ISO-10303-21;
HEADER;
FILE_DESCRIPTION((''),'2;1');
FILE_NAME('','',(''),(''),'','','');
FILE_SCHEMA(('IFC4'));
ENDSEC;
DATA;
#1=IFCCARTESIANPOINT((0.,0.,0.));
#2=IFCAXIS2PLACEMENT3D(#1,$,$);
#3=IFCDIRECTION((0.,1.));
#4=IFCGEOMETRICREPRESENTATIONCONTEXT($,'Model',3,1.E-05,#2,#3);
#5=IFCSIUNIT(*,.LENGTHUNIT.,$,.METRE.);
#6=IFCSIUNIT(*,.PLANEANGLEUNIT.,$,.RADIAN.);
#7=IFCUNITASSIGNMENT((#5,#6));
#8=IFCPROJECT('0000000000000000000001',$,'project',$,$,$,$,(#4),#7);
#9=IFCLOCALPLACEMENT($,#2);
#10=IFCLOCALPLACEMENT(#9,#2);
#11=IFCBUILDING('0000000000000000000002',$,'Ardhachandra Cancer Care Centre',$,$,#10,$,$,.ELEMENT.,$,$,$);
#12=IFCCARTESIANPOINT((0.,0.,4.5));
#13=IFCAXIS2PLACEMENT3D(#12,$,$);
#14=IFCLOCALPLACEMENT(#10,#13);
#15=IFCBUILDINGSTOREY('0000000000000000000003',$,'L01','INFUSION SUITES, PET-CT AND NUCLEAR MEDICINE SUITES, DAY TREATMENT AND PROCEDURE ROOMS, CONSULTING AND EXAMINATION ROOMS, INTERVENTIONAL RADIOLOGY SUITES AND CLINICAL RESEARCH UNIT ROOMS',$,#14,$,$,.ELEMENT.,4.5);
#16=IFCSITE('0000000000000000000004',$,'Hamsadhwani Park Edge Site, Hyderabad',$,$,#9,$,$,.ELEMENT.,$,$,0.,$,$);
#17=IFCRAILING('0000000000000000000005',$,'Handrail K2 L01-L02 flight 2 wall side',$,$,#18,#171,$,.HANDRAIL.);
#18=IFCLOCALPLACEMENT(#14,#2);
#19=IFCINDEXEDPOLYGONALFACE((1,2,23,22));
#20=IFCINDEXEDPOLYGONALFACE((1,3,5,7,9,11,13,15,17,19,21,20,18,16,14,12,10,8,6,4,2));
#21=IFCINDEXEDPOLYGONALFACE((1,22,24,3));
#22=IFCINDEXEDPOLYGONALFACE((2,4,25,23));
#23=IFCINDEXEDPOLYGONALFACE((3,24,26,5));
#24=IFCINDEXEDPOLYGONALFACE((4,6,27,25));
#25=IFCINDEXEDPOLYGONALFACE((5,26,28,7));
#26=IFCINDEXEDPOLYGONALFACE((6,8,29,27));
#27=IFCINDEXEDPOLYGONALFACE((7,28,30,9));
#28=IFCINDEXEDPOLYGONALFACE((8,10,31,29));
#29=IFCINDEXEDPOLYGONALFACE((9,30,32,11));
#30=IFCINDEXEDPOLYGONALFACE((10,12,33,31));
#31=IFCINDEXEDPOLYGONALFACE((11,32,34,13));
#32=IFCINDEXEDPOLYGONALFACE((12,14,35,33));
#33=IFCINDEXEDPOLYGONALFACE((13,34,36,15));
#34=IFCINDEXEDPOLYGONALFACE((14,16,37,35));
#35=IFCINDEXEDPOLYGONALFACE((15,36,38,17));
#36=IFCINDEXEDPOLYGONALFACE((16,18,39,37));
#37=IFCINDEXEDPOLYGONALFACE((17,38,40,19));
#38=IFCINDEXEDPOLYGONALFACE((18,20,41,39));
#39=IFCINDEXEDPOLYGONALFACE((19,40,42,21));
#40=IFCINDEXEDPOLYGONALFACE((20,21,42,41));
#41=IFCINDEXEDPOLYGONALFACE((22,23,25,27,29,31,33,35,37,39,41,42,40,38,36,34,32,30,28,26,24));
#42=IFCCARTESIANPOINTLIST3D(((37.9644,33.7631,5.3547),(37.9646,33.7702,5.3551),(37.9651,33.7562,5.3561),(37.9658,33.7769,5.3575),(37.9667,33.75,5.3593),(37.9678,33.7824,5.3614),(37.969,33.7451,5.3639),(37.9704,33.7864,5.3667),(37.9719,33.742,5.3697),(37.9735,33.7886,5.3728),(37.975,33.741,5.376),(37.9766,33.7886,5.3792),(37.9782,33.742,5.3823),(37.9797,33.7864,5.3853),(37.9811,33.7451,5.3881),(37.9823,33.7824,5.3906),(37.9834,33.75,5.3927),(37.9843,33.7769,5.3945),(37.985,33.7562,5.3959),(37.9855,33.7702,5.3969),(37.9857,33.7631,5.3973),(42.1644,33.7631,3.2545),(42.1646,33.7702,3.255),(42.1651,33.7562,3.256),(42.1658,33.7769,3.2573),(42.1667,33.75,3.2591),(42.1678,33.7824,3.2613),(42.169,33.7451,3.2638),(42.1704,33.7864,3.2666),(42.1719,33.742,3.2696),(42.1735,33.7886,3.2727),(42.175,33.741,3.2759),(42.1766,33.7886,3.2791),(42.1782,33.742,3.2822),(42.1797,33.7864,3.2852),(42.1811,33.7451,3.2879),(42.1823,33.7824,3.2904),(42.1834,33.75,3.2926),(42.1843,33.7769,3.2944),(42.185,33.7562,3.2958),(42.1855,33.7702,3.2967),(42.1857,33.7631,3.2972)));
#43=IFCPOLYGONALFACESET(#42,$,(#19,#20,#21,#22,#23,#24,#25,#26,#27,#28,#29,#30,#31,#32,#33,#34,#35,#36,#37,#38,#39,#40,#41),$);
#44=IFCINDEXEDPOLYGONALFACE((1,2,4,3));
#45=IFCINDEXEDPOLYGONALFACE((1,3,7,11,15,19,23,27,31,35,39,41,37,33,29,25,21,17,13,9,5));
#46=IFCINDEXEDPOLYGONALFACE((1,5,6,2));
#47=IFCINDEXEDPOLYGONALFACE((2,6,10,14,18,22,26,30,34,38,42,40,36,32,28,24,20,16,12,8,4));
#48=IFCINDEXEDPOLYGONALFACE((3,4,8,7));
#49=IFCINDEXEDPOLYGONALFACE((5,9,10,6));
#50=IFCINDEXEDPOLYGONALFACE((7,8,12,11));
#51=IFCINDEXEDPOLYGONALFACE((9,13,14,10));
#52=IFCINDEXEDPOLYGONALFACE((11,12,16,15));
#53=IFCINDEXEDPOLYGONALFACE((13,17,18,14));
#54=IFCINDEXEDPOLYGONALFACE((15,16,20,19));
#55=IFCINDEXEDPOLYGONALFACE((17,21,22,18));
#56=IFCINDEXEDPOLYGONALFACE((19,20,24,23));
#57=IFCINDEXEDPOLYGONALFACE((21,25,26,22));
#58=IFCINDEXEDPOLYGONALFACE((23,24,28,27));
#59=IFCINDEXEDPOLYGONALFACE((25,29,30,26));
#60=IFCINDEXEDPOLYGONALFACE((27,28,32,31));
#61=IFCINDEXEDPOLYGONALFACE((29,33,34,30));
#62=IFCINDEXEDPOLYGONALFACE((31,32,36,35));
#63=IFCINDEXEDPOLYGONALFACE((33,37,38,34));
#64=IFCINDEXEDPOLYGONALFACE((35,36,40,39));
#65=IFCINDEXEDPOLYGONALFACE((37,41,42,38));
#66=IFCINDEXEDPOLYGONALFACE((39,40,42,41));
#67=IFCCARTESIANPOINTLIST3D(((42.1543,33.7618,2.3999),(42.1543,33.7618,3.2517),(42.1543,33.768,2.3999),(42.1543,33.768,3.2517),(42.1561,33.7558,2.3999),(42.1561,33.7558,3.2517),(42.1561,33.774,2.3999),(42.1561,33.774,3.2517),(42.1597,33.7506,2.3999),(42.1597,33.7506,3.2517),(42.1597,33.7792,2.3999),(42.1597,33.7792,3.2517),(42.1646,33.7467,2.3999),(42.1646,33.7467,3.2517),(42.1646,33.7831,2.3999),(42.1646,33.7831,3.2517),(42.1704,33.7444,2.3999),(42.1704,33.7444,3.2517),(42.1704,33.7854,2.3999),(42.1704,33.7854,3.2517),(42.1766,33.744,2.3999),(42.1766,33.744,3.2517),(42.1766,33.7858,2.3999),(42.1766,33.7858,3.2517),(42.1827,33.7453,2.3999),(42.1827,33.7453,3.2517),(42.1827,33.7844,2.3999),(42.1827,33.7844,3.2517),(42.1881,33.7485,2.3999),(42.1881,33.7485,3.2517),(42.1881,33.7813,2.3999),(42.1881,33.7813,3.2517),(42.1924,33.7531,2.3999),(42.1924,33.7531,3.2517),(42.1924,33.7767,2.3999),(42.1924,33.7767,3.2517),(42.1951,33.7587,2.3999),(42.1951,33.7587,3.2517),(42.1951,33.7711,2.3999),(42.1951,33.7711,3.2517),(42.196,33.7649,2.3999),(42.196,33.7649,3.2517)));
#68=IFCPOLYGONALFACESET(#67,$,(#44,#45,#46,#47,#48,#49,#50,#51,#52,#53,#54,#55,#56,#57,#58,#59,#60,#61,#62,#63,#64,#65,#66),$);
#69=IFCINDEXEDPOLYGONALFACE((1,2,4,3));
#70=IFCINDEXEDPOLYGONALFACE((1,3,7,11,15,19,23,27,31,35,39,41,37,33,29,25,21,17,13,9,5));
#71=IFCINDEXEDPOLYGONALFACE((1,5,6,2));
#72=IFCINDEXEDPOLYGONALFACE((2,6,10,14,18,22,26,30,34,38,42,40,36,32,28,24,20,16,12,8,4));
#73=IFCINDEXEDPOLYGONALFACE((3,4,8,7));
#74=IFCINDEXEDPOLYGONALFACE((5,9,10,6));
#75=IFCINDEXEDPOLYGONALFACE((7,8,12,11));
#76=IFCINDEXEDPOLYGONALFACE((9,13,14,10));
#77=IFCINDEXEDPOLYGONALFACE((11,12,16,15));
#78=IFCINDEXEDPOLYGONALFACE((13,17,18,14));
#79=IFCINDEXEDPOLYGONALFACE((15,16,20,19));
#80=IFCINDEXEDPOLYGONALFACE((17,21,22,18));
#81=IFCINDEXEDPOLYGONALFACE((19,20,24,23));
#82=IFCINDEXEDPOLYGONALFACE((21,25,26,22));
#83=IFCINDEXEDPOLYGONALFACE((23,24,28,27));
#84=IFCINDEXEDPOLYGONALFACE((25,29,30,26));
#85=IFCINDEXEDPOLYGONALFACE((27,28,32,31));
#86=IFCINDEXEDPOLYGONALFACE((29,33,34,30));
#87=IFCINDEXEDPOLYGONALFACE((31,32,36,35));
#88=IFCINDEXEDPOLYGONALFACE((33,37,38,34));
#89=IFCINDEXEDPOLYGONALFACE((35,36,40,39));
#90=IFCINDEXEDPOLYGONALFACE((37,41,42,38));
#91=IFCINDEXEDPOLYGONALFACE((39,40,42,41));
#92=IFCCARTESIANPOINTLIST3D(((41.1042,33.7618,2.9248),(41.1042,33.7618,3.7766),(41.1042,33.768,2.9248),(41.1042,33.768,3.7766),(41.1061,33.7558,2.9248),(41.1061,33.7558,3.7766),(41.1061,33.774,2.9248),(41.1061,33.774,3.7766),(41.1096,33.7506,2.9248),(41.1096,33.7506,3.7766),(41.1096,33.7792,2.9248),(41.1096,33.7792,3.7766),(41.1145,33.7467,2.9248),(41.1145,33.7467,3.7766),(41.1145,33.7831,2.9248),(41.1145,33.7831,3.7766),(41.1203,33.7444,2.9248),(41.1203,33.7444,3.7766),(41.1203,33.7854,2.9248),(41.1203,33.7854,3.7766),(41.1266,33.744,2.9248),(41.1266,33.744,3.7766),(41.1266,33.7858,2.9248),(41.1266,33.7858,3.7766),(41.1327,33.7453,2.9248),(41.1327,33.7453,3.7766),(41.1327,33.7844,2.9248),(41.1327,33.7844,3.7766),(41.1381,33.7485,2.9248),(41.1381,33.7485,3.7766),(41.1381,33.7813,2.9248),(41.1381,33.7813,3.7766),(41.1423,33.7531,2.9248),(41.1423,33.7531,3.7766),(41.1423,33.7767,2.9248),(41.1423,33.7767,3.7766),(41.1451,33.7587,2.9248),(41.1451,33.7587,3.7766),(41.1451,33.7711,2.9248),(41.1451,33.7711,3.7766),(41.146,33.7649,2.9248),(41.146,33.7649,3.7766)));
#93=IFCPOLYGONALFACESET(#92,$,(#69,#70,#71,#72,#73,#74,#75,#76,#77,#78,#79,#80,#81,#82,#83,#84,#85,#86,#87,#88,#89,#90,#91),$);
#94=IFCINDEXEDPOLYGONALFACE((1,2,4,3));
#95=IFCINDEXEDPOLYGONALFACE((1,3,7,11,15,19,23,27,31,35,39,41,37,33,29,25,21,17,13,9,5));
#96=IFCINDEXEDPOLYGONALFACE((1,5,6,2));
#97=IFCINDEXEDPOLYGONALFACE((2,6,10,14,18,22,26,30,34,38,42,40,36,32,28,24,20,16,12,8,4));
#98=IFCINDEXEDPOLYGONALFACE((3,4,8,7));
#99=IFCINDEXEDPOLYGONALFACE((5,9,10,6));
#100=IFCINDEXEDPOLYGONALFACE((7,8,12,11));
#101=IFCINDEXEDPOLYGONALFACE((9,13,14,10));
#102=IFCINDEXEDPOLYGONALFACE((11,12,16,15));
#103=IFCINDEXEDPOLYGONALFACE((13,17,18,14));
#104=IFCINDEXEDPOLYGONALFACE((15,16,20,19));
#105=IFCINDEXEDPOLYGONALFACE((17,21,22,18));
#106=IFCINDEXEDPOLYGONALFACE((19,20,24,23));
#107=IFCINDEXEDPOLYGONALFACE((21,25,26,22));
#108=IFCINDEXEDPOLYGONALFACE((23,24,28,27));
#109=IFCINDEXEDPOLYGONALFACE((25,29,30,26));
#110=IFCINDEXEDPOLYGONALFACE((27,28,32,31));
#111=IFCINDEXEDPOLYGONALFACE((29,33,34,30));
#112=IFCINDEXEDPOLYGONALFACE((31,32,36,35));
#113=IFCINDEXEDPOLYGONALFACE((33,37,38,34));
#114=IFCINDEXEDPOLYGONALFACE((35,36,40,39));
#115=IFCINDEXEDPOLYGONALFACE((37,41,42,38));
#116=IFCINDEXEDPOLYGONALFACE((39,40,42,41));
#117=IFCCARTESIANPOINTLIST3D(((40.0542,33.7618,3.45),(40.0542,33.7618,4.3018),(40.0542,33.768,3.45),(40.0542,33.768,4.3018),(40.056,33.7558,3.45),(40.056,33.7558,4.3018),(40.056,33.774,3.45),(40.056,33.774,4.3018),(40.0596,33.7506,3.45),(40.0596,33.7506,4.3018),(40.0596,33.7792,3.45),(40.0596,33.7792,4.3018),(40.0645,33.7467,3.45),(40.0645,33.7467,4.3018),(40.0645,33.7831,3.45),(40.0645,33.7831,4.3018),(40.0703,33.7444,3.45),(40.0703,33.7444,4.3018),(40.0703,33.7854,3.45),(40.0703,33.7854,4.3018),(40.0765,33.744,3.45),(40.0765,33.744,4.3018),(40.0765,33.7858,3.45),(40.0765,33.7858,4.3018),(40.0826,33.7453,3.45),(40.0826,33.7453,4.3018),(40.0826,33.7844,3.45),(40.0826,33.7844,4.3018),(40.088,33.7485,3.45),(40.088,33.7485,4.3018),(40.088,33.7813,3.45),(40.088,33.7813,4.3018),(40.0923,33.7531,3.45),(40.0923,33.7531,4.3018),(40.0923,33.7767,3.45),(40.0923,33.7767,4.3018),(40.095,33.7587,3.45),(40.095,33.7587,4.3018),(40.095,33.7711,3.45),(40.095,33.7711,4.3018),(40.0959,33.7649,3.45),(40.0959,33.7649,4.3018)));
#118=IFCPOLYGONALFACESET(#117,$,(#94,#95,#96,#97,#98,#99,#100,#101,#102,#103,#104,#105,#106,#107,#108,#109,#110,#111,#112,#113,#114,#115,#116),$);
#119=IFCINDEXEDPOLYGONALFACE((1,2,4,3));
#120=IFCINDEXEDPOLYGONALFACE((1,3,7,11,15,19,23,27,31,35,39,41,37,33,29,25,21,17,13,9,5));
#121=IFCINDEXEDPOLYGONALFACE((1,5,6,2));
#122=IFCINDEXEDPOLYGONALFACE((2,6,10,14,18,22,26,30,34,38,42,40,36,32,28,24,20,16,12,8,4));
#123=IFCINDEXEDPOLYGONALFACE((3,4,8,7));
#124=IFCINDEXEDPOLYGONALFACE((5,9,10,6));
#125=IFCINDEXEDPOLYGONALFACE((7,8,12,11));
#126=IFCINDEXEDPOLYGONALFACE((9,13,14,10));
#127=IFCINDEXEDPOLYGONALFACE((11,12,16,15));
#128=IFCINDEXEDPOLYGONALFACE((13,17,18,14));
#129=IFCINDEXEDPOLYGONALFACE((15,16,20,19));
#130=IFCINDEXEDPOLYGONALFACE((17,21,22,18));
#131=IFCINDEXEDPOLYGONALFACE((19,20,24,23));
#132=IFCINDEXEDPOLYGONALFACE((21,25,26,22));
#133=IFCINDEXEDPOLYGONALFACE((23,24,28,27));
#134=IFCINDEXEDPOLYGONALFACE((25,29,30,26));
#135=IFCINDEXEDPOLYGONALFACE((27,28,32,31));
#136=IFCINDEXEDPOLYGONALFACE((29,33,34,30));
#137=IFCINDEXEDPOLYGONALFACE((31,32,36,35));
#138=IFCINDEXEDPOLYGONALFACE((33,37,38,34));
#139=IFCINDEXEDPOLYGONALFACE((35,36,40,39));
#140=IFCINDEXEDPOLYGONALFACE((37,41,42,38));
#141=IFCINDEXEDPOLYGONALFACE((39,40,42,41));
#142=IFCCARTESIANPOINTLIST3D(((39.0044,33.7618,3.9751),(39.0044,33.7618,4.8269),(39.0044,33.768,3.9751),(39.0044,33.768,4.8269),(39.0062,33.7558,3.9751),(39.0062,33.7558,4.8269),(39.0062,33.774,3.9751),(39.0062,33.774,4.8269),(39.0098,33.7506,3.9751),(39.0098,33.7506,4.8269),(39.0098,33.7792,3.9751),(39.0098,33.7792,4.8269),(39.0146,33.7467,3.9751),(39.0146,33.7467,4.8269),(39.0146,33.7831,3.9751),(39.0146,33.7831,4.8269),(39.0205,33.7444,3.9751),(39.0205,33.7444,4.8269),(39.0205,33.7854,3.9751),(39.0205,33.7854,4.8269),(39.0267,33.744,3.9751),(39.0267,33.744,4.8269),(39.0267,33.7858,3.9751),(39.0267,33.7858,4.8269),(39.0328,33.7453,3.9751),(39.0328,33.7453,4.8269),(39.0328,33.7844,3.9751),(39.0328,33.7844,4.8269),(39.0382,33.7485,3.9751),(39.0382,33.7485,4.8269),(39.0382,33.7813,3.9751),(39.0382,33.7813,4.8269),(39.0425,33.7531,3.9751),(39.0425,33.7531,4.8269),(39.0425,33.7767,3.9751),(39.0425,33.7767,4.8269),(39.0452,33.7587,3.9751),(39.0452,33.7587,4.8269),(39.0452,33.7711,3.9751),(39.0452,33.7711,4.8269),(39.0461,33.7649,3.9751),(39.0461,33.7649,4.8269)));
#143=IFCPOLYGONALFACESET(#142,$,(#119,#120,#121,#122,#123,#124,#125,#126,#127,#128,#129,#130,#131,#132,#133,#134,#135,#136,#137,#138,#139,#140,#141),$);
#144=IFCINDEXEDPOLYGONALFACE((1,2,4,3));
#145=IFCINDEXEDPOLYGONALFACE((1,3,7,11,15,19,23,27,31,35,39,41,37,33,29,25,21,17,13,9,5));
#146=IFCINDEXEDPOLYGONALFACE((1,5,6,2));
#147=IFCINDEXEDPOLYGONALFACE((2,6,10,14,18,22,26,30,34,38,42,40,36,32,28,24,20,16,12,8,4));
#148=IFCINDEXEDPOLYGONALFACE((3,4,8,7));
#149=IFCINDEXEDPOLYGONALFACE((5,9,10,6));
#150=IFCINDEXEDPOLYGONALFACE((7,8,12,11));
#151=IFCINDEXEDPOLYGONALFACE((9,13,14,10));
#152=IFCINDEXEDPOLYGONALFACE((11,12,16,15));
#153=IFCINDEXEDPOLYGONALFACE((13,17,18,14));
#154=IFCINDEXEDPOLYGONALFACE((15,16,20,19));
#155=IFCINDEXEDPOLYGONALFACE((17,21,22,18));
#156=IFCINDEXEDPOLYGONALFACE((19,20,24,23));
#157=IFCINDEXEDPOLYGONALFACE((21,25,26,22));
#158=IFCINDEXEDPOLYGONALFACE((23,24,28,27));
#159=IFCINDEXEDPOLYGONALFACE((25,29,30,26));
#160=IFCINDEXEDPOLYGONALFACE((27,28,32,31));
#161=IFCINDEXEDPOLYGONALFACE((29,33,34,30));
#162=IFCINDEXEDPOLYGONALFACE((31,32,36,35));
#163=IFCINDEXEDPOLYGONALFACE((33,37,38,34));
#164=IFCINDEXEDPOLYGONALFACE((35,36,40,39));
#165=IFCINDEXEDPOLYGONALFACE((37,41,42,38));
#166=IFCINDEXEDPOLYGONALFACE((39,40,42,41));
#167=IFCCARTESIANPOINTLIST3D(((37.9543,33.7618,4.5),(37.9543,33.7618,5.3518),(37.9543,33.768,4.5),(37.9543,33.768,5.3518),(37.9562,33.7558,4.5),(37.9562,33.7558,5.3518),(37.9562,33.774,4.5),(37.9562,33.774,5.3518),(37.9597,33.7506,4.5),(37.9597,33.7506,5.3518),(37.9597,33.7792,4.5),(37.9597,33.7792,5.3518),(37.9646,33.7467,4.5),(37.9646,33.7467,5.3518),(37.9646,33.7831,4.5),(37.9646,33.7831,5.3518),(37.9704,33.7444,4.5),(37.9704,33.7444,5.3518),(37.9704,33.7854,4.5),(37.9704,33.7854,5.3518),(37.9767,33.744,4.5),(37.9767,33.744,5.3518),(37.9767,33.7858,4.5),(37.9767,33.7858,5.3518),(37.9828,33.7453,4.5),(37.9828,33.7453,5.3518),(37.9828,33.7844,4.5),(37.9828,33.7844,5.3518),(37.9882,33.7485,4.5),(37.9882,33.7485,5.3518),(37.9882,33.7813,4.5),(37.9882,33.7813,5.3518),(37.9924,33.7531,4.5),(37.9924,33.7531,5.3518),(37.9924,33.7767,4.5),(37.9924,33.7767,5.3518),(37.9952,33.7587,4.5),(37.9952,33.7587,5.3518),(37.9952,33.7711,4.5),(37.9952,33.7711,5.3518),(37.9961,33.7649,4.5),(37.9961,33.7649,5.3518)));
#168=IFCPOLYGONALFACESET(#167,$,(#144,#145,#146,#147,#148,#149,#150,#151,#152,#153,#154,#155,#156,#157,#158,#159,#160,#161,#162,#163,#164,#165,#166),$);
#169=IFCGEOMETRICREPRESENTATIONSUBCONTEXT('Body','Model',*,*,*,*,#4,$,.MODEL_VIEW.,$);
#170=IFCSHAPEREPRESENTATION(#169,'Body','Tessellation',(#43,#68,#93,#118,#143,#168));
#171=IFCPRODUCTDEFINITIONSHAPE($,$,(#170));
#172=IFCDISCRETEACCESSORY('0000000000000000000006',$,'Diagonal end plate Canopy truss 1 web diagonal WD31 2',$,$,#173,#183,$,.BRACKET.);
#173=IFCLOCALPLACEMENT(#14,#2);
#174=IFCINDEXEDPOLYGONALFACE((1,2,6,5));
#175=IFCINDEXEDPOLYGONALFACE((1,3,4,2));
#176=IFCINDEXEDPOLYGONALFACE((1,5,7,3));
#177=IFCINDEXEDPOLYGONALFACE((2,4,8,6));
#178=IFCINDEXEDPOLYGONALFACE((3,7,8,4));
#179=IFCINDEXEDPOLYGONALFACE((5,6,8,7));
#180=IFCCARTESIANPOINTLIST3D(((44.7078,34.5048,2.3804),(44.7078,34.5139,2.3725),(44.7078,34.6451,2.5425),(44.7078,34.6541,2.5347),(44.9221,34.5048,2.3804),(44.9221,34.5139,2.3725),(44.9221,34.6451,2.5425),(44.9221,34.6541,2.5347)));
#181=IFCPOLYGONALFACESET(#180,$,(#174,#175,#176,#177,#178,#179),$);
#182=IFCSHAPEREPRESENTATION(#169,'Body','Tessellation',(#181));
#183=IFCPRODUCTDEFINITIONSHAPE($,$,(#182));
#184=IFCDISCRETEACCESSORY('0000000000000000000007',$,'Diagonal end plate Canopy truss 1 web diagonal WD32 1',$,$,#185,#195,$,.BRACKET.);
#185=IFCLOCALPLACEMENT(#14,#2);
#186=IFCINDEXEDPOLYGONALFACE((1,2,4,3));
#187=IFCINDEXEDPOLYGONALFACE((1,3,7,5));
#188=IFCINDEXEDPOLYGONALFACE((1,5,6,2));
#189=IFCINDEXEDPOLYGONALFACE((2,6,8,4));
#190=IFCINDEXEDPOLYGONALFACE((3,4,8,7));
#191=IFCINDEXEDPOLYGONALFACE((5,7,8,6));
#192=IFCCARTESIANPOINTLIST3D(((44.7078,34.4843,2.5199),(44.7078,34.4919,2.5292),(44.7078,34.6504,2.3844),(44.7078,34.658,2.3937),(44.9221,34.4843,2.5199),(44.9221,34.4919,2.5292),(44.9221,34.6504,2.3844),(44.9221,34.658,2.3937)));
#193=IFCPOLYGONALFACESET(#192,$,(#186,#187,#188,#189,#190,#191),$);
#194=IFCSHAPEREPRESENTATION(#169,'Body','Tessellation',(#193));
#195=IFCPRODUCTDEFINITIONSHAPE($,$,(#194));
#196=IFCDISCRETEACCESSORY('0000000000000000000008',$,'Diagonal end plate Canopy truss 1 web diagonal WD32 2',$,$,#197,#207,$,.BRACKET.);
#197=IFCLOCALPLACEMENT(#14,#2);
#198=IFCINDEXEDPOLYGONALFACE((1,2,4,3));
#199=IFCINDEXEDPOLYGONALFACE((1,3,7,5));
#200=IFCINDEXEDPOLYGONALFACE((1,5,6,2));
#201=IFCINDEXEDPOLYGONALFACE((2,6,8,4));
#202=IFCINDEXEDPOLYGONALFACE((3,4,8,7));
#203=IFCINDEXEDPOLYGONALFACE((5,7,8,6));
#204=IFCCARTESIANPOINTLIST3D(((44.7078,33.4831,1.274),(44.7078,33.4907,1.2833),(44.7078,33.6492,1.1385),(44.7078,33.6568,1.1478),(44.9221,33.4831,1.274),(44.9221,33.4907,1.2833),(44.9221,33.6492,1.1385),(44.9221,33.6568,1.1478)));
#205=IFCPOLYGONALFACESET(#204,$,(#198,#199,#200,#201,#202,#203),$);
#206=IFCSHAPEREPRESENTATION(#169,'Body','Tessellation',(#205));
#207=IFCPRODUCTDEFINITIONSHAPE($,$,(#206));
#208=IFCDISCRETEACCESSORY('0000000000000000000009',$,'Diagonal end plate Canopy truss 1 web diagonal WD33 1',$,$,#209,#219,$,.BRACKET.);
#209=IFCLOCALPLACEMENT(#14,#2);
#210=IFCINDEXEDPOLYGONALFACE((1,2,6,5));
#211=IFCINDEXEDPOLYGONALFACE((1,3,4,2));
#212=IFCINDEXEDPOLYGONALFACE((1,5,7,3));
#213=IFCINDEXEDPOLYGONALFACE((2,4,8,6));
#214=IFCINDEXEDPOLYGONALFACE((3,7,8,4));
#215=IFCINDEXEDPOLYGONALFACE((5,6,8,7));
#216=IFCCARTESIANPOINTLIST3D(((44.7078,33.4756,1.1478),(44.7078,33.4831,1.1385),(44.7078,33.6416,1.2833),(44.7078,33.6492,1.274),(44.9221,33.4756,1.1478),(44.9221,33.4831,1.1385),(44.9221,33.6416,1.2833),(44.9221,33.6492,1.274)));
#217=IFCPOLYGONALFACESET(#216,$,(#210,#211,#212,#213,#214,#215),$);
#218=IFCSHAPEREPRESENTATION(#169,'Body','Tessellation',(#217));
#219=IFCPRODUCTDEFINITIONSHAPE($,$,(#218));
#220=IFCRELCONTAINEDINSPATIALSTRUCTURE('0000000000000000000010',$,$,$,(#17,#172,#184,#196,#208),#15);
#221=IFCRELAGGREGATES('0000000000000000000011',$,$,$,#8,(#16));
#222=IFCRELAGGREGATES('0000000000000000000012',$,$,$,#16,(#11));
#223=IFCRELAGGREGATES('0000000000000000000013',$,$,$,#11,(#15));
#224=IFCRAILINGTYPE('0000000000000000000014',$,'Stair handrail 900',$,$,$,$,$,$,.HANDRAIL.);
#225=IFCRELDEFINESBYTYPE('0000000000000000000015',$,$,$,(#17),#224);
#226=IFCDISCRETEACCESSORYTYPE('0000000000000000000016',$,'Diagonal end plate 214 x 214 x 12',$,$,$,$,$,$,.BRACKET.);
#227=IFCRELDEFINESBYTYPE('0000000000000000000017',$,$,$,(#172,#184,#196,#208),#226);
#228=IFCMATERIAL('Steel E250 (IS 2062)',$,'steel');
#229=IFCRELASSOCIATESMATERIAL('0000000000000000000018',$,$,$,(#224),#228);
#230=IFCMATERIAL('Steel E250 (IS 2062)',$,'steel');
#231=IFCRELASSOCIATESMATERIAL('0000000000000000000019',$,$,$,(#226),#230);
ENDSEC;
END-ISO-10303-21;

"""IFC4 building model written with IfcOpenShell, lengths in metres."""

from ifc_helpers import new_model, si_unit, direction, frame, origin, origin_2d, place, context, subcontext, project, spatial, rectangle, circle, extrude, material, material_profile, profile_set, type_object, element, save


model = new_model("IFC4")

# Units and contexts
model_context = context("Model", 3, precision=1e-05, world=origin(), true_north=direction((0.0, 1.0)))
body_context = subcontext(model_context, "Body", "Model", "MODEL_VIEW")
ifc_project = project(units=[si_unit("LENGTHUNIT", "METRE"), si_unit("PLANEANGLEUNIT", "RADIAN")], contexts=[model_context])

# Site, building, storey
site_placement = place(None, origin())
site = spatial("IfcSite", under=ifc_project, at=site_placement, Name="Hamsadhwani Park Edge Site, Hyderabad", CompositionType="ELEMENT", RefElevation=0.0)
building_placement = place(site_placement, origin())
building = spatial("IfcBuilding", under=site, at=building_placement, Name="Ardhachandra Cancer Care Centre", CompositionType="ELEMENT")
storey_placement = place(building_placement, frame((0.0, 0.0, 4.5)))
storey = spatial("IfcBuildingStorey", under=building, at=storey_placement, Name="L01", Description="INFUSION SUITES, PET-CT AND NUCLEAR MEDICINE SUITES, DAY TREATMENT AND PROCEDURE ROOMS, CONSULTING AND EXAMINATION ROOMS, INTERVENTIONAL RADIOLOGY SUITES AND CLINICAL RESEARCH UNIT ROOMS", CompositionType="ELEMENT", Elevation=4.5)

# Railing
ifc_material_1 = material(Name="Steel E250 (IS 2062)", Category="steel")
railing_type = type_object("IfcRailingType", Name="Stair handrail 900", PredefinedType="HANDRAIL", material=ifc_material_1)
for number, where, name in (
    (1, (42.175, 33.7649, 2.3999), "Handrail K2 L01-L02 flight 2 wall side"),
):
    element("IfcRailing", number, at=place(storey_placement, frame(where)), inside=storey, type_object=railing_type, Name=name, PredefinedType="HANDRAIL", context=body_context, shape_type="SweptSolid", body=[
        extrude(circle(Radius=0.0239, at=origin_2d()), frame((0.0, 0.0, 0.876), z_axis=(-0.894417, 0.0, 0.447234), x_axis=(0.0, -1.0, 0.0)), (0.0, 0.0, 1.0), 4.6958),
        extrude(circle(Radius=0.021, at=origin_2d()), origin(), (0.0, 0.0, 1.0), 0.8518),
        extrude(circle(Radius=0.021, at=origin_2d()), frame((-1.05, 0.0, 0.5249)), (0.0, 0.0, 1.0), 0.8518),
        extrude(circle(Radius=0.021, at=origin_2d()), frame((-2.1001, 0.0, 1.05)), (0.0, 0.0, 1.0), 0.8518),
        extrude(circle(Radius=0.021, at=origin_2d()), frame((-3.1499, 0.0, 1.5752)), (0.0, 0.0, 1.0), 0.8518),
        extrude(circle(Radius=0.021, at=origin_2d()), frame((-4.2, 0.0, 2.1001)), (0.0, 0.0, 1.0), 0.8518),
    ])

# Discrete accessories
ifc_material_2 = material(Name="Steel E250 (IS 2062)", Category="steel")
ifc_material_profile_1 = material_profile(ifc_material_2, rectangle(XDim=0.2144, YDim=0.2144, at=origin_2d()), Name="PL 214x214x12")
ifc_profile_set_1 = profile_set([ifc_material_profile_1], Name="Steel E250 (IS 2062)")
discrete_accessory_type = type_object("IfcDiscreteAccessoryType", Name="Diagonal end plate 214 x 214 x 12", PredefinedType="BRACKET", material=ifc_profile_set_1)
for number, where, z_axis, x_axis, name in (
    (2, (44.8149, 34.575, 2.4614), (0.0, 0.756363, -0.654152), (-1.0, 0.0, 0.0), "Diagonal end plate Canopy truss 1 web diagonal WD31 2"),
    (3, (44.8149, 34.575, 2.4614), (0.0, -0.632127, -0.774865), (1.0, 0.0, 0.0), "Diagonal end plate Canopy truss 1 web diagonal WD32 1"),
    (4, (44.8149, 33.5662, 1.2063), (0.0, 0.632127, 0.774865), (-1.0, 0.0, 0.0), "Diagonal end plate Canopy truss 1 web diagonal WD32 2"),
    (5, (44.8149, 33.5662, 1.2063), (0.0, -0.632127, 0.774865), (1.0, 0.0, 0.0), "Diagonal end plate Canopy truss 1 web diagonal WD33 1"),
):
    element("IfcDiscreteAccessory", number, at=place(storey_placement, frame(where, z_axis=z_axis, x_axis=x_axis)), inside=storey, type_object=discrete_accessory_type, Name=name, PredefinedType="BRACKET", context=body_context, shape_type="SweptSolid", body=[
        extrude(rectangle(XDim=0.2144, YDim=0.2144, at=origin_2d()), origin(), (0.0, 0.0, 1.0), 0.012),
    ])

save(model, "model.ifc")
